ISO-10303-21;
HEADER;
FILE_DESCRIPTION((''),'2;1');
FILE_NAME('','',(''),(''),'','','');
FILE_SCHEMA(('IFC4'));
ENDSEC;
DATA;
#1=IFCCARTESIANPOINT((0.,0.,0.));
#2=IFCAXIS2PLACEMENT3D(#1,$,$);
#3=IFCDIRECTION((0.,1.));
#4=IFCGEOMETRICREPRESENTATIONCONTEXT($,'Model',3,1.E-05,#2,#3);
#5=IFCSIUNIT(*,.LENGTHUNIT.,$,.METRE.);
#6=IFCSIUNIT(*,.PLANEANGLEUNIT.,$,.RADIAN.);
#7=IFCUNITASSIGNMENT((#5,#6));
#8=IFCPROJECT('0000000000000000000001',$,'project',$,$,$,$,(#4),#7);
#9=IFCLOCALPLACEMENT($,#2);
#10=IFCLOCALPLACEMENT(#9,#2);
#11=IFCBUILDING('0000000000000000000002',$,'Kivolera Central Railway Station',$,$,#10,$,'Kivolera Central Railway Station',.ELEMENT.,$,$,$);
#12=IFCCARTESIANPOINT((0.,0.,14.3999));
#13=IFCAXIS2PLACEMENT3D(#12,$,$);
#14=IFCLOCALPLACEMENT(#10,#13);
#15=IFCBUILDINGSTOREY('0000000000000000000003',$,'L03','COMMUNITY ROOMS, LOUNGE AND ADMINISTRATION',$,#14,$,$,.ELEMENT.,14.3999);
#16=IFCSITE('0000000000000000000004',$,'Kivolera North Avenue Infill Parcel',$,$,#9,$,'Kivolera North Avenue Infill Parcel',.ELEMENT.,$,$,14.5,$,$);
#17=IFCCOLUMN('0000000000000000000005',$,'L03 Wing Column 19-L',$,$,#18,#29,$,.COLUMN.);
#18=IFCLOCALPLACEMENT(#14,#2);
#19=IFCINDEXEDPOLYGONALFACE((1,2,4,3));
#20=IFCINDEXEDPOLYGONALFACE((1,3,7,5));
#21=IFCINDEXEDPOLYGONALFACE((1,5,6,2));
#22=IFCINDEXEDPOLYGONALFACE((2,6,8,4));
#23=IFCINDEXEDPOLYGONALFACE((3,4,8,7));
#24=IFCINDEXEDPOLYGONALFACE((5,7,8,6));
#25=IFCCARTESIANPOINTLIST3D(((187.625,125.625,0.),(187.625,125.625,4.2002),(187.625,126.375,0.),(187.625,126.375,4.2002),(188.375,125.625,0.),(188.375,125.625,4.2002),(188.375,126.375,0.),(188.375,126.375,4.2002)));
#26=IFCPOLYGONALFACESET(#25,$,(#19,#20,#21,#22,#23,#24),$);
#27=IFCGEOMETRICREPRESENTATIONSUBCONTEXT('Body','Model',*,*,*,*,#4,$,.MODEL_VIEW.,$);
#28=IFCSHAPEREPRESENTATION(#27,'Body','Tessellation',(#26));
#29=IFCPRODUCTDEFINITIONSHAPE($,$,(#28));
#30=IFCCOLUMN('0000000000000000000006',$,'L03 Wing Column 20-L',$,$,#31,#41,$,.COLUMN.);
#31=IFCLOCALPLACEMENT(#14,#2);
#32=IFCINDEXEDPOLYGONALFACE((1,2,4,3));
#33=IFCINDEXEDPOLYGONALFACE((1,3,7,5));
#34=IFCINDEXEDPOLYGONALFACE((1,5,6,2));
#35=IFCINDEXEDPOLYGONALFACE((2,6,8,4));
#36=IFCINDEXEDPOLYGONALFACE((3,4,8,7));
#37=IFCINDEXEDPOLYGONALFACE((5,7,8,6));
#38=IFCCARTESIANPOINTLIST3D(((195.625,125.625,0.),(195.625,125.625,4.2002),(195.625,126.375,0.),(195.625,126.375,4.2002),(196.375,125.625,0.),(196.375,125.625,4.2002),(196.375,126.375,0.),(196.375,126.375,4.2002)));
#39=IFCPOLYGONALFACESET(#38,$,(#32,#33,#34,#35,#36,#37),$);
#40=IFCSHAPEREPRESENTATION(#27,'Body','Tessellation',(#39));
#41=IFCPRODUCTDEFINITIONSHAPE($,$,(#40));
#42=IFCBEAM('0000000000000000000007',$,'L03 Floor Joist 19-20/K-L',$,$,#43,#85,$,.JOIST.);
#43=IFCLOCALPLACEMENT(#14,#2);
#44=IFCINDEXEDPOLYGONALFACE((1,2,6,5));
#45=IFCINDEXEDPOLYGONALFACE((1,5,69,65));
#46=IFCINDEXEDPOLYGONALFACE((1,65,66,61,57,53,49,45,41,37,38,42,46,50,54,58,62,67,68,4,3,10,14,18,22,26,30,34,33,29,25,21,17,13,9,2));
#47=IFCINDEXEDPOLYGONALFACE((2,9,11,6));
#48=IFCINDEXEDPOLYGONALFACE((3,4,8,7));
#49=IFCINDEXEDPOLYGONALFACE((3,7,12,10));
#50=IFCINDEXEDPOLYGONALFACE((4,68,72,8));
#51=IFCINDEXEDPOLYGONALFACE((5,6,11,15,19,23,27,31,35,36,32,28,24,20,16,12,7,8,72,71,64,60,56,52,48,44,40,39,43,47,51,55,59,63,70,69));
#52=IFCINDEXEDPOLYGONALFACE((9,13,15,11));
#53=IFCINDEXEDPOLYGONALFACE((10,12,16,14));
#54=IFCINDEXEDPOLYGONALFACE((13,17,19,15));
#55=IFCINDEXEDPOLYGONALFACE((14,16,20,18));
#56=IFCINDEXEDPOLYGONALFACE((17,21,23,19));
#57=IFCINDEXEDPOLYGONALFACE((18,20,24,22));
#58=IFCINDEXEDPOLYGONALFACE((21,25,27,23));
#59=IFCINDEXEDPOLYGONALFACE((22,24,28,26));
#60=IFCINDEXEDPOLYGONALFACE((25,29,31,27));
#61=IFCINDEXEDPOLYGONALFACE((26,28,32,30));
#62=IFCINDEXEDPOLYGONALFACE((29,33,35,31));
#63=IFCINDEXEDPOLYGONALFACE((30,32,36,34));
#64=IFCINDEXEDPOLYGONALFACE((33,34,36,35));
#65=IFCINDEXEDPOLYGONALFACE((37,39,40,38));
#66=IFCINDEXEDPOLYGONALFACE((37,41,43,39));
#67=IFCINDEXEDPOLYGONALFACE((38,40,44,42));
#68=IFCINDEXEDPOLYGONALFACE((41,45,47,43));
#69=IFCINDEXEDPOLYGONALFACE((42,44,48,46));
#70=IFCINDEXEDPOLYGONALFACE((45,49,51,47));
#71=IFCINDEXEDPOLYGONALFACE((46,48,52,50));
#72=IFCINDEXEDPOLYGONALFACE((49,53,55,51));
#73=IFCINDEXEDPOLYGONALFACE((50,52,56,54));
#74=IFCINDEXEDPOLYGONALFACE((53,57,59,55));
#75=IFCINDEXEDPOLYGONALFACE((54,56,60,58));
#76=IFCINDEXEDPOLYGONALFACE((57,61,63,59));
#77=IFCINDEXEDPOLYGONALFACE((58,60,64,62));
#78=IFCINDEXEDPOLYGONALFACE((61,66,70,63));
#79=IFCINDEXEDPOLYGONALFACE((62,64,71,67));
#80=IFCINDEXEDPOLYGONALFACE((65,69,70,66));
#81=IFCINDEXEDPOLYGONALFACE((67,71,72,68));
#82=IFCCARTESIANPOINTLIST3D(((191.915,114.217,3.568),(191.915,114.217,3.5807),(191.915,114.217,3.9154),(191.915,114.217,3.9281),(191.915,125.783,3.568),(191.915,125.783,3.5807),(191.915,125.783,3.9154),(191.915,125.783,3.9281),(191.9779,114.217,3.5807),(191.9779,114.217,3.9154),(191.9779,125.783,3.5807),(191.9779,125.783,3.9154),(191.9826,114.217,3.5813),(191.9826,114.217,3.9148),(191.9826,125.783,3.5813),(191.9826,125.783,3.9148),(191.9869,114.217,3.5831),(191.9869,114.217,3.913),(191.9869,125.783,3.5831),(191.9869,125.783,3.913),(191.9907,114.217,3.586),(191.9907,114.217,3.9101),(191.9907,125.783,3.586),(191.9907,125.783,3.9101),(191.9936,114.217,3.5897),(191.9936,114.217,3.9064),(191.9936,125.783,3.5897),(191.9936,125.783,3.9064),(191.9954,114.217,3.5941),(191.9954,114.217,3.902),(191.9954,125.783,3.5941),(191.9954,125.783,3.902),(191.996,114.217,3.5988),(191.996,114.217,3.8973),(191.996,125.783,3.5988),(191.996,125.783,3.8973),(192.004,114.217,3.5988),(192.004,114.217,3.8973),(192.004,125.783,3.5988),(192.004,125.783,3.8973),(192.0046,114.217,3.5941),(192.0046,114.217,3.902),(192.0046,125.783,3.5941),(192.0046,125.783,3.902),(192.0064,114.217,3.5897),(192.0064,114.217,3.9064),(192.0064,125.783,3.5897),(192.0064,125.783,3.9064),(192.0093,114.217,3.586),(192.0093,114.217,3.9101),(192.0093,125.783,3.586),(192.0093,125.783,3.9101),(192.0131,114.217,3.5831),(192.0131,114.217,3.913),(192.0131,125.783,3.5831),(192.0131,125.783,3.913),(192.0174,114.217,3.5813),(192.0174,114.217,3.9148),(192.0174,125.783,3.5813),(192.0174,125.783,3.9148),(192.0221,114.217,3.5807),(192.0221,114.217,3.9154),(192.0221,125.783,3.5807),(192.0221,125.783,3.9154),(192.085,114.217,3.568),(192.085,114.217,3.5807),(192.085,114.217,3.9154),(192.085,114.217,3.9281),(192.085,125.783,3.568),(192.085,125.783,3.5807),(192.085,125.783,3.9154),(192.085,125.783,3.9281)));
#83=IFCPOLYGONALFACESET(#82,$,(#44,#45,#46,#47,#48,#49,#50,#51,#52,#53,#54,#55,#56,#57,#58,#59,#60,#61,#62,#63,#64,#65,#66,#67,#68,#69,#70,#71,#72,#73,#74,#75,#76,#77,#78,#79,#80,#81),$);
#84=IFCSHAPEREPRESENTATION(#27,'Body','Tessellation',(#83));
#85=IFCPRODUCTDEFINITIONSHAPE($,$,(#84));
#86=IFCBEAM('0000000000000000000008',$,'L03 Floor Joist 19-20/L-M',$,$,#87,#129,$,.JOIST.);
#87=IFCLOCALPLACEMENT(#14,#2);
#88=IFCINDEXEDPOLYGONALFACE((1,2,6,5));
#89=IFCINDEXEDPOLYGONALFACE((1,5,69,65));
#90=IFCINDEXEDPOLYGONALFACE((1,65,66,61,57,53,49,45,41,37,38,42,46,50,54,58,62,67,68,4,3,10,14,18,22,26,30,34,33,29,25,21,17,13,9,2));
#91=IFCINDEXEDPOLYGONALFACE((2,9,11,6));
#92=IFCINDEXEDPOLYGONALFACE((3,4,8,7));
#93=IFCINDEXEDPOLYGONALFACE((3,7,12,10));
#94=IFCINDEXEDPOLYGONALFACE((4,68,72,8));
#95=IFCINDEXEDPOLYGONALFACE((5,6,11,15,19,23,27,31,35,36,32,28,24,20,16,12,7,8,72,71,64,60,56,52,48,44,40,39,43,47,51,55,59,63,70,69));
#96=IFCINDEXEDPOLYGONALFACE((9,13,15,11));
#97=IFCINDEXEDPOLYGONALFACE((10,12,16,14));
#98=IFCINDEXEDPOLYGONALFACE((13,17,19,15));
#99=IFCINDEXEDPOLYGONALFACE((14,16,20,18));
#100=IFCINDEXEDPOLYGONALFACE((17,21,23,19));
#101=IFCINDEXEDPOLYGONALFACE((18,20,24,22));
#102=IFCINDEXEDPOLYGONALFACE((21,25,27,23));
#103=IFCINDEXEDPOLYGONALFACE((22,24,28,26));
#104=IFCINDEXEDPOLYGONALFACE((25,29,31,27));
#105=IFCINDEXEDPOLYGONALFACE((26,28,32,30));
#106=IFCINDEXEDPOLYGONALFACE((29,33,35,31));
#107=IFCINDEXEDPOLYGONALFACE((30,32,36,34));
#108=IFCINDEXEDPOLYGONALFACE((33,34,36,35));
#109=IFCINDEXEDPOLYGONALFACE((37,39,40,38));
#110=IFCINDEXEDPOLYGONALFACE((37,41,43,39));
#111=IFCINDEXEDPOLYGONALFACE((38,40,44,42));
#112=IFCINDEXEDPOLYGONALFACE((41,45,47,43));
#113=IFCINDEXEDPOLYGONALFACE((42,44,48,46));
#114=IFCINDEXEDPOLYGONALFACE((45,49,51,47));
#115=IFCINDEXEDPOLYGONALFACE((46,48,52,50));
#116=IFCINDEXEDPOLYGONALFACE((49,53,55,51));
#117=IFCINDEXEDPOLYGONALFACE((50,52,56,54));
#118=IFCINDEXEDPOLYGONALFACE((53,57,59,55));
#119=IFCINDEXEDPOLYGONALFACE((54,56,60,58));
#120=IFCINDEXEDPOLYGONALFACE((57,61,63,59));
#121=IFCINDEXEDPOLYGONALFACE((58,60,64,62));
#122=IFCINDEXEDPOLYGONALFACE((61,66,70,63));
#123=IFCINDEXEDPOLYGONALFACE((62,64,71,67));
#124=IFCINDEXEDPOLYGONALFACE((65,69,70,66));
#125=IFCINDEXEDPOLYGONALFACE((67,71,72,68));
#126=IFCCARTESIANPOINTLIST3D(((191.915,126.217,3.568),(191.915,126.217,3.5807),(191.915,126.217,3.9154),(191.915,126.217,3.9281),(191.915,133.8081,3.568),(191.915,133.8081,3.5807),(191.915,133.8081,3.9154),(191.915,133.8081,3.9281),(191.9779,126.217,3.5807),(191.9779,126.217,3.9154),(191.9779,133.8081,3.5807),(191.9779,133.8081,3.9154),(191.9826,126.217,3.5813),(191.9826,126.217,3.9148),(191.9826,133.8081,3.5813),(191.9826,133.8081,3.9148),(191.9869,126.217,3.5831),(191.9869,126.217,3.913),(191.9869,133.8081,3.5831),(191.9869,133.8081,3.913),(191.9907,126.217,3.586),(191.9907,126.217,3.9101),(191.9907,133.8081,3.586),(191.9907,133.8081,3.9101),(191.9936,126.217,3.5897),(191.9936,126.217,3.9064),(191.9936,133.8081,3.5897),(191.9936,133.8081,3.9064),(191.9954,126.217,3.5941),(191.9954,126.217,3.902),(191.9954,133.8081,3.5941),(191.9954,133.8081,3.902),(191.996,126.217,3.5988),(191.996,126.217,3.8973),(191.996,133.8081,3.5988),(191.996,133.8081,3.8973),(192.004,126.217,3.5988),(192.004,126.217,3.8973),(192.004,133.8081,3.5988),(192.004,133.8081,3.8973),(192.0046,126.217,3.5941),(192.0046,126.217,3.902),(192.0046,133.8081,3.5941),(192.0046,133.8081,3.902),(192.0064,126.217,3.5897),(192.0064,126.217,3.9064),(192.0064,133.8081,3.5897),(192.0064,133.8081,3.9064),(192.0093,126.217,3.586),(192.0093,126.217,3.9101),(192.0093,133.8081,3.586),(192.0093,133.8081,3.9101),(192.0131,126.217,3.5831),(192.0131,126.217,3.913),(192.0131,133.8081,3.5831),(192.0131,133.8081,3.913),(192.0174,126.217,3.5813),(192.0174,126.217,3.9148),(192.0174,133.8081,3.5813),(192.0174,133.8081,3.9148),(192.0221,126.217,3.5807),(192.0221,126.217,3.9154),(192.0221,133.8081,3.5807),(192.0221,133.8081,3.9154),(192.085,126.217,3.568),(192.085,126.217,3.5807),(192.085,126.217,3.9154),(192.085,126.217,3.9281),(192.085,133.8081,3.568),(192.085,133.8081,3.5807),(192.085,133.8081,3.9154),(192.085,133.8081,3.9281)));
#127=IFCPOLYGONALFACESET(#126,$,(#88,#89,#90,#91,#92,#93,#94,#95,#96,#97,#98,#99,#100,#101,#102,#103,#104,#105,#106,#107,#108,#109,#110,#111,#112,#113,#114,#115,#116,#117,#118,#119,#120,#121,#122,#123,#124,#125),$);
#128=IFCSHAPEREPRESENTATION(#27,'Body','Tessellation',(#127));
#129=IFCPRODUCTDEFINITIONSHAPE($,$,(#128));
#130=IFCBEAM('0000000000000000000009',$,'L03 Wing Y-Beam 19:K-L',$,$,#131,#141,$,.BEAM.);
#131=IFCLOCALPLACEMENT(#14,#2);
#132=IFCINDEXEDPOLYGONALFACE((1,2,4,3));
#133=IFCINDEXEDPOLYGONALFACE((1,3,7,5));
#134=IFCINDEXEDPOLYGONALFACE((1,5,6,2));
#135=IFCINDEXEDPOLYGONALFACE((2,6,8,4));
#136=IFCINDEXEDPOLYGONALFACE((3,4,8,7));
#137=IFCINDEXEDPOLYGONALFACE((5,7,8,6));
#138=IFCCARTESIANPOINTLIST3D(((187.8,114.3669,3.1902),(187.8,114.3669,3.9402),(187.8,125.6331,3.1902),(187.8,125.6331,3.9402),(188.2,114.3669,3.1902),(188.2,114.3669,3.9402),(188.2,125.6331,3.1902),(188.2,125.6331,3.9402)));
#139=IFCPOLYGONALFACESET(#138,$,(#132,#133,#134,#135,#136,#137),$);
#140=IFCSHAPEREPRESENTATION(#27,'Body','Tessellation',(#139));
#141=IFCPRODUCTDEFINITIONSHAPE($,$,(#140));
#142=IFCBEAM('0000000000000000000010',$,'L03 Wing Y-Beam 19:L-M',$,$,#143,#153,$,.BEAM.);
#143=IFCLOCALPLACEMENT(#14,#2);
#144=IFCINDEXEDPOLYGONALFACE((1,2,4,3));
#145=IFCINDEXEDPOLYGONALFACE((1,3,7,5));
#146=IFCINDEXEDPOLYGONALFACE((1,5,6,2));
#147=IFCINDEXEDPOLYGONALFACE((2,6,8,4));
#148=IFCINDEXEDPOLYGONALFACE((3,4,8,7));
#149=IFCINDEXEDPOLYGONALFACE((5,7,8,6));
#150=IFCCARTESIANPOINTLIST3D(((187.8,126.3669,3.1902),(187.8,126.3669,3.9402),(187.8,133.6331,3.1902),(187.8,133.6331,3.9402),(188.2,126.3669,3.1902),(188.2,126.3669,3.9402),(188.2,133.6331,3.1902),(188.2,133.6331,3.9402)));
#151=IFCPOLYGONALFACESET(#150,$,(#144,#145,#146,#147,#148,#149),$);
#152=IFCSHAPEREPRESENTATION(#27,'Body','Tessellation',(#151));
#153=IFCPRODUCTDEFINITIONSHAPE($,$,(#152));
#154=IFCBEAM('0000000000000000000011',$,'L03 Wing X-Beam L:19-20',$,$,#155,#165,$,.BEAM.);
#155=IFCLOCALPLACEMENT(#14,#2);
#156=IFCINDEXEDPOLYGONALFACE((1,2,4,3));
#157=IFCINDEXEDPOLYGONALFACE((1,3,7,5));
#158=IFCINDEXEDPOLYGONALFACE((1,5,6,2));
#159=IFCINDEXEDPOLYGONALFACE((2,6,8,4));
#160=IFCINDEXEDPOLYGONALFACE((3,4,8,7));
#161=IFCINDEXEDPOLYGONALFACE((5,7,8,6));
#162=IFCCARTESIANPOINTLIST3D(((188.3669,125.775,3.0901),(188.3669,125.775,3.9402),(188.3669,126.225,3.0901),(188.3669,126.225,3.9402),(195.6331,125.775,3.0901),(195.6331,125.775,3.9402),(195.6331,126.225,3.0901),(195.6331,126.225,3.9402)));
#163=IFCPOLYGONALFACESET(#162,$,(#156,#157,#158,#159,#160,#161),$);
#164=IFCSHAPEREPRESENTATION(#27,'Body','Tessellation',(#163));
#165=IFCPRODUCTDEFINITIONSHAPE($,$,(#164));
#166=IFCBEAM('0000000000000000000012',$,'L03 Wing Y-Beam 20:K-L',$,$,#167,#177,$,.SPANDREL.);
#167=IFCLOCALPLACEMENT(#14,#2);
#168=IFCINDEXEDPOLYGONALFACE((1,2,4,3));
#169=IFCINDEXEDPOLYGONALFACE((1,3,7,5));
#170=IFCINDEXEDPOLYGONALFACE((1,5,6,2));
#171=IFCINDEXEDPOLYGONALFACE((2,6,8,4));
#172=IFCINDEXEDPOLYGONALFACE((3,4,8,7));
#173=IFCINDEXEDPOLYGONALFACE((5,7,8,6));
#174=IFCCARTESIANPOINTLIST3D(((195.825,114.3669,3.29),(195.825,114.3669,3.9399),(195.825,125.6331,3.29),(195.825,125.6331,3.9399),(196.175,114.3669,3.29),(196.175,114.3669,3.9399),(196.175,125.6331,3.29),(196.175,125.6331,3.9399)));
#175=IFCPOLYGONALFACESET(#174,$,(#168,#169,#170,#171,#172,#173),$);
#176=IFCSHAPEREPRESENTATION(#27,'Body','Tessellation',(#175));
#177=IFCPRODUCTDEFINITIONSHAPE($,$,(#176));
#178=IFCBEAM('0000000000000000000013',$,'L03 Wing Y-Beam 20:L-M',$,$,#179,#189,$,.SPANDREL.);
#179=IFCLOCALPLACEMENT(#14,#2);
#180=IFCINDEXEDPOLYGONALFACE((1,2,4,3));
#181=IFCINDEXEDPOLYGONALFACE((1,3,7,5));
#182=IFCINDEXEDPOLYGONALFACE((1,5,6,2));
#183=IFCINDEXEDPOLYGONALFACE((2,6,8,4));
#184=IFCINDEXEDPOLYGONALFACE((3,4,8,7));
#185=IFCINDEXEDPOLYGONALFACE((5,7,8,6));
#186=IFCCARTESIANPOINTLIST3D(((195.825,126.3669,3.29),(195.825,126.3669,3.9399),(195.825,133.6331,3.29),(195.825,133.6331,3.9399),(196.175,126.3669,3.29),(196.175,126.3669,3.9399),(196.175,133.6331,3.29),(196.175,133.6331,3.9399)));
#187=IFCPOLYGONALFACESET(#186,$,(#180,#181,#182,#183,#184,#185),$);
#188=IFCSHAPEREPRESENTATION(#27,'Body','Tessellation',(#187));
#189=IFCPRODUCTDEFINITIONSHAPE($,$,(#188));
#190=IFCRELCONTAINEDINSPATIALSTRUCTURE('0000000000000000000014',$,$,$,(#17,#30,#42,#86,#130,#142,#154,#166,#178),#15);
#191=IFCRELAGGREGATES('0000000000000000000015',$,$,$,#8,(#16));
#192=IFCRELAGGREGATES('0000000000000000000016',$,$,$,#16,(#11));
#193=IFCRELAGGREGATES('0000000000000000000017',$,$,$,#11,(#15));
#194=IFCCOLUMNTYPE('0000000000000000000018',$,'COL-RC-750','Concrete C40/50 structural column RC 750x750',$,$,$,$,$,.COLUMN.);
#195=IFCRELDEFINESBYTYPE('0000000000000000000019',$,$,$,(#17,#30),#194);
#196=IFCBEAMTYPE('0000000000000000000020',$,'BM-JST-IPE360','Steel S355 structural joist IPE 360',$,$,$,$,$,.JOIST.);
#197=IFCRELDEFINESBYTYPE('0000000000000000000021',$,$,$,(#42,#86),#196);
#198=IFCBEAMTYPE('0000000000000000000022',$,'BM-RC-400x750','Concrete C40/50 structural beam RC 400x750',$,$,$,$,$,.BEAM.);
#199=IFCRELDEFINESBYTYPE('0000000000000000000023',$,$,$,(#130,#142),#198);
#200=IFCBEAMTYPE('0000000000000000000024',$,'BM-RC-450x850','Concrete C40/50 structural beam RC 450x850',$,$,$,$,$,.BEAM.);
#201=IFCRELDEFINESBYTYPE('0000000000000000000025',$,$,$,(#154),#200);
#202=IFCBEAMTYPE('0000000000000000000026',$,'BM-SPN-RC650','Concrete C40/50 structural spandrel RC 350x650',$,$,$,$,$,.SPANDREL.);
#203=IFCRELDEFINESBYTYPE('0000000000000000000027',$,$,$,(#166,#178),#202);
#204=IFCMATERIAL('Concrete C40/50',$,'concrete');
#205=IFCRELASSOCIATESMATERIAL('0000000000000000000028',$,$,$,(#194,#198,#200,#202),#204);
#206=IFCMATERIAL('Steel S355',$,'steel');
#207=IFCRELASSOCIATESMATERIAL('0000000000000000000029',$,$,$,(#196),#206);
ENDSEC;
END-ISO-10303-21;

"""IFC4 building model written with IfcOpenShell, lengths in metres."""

from ifc_helpers import new_model, si_unit, direction, frame, origin, origin_2d, place, context, subcontext, project, spatial, rectangle, i_section, extrude, material, material_profile, profile_set, type_object, element, save


model = new_model("IFC4")

# Units and contexts
model_context = context("Model", 3, precision=1e-05, world=origin(), true_north=direction((0.0, 1.0)))
body_context = subcontext(model_context, "Body", "Model", "MODEL_VIEW")
ifc_project = project(units=[si_unit("LENGTHUNIT", "METRE"), si_unit("PLANEANGLEUNIT", "RADIAN")], contexts=[model_context])

# Site, building, storey
site_placement = place(None, origin())
site = spatial("IfcSite", under=ifc_project, at=site_placement, Name="Kivolera North Avenue Infill Parcel", LongName="Kivolera North Avenue Infill Parcel", CompositionType="ELEMENT", RefElevation=14.5)
building_placement = place(site_placement, origin())
building = spatial("IfcBuilding", under=site, at=building_placement, Name="Kivolera Central Railway Station", LongName="Kivolera Central Railway Station", CompositionType="ELEMENT")
storey_placement = place(building_placement, frame((0.0, 0.0, 14.3999)))
storey = spatial("IfcBuildingStorey", under=building, at=storey_placement, Name="L03", Description="COMMUNITY ROOMS, LOUNGE AND ADMINISTRATION", CompositionType="ELEMENT", Elevation=14.3999)

# Columns
ifc_material_1 = material(Name="Concrete C40/50", Category="concrete")
ifc_material_profile_1 = material_profile(ifc_material_1, rectangle(XDim=0.75, YDim=0.75, at=origin_2d()), Name="RC 750x750")
ifc_profile_set_1 = profile_set([ifc_material_profile_1], Name="Concrete C40/50")
column_type = type_object("IfcColumnType", Name="COL-RC-750", Description="Concrete C40/50 structural column RC 750x750", PredefinedType="COLUMN", material=ifc_profile_set_1)
for number, where, z_axis, x_axis, name in (
    (1, (188.0, 126.0, 0.0), (0.0, 0.0, 1.0), (1.0, 0.0, 0.0), "L03 Wing Column 19-L"),
    (2, (196.0, 126.0, 0.0), (0.0, 0.0, 1.0), (1.0, 0.0, 0.0), "L03 Wing Column 20-L"),
):
    element("IfcColumn", number, at=place(storey_placement, frame(where, z_axis=z_axis, x_axis=x_axis)), inside=storey, type_object=column_type, Name=name, PredefinedType="COLUMN", context=body_context, shape_type="SweptSolid", body=[
        extrude(rectangle(XDim=0.75, YDim=0.75, at=origin_2d()), origin(), (0.0, 0.0, 1.0), 4.2002),
    ])

# Beams
ifc_material_2 = material(Name="Steel S355", Category="steel")
ifc_material_profile_2 = material_profile(ifc_material_2, i_section(OverallWidth=0.1699, OverallDepth=0.3601, WebThickness=0.0081, FlangeThickness=0.0127, FilletRadius=0.0181, at=origin_2d()), Name="IPE 360")
ifc_profile_set_2 = profile_set([ifc_material_profile_2], Name="Steel S355")
beam_type_1 = type_object("IfcBeamType", Name="BM-JST-IPE360", Description="Steel S355 structural joist IPE 360", PredefinedType="JOIST", material=ifc_profile_set_2)
beam_1_placement = place(storey_placement, frame((192.0, 114.217, 3.748), z_axis=(0.0, 1.0, 0.0), x_axis=(-1.0, 0.0, 0.0)))
element("IfcBeam", 3, at=beam_1_placement, inside=storey, type_object=beam_type_1, Name="L03 Floor Joist 19-20/K-L", PredefinedType="JOIST", context=body_context, shape_type="SweptSolid", body=[
    extrude(i_section(OverallWidth=0.1699, OverallDepth=0.3601, WebThickness=0.0081, FlangeThickness=0.0127, FilletRadius=0.0181, at=origin_2d()), origin(), (0.0, 0.0, 1.0), 11.5659),
])
beam_2_placement = place(storey_placement, frame((192.0, 126.217, 3.748), z_axis=(0.0, 1.0, 0.0), x_axis=(-1.0, 0.0, 0.0)))
element("IfcBeam", 4, at=beam_2_placement, inside=storey, type_object=beam_type_1, Name="L03 Floor Joist 19-20/L-M", PredefinedType="JOIST", context=body_context, shape_type="SweptSolid", body=[
    extrude(i_section(OverallWidth=0.1699, OverallDepth=0.3601, WebThickness=0.0081, FlangeThickness=0.0127, FilletRadius=0.0181, at=origin_2d()), origin(), (0.0, 0.0, 1.0), 7.5911),
])
ifc_material_profile_3 = material_profile(ifc_material_1, rectangle(XDim=0.3999, YDim=0.75, at=origin_2d()), Name="RC 400x750")
ifc_profile_set_3 = profile_set([ifc_material_profile_3], Name="Concrete C40/50")
beam_type_2 = type_object("IfcBeamType", Name="BM-RC-400x750", Description="Concrete C40/50 structural beam RC 400x750", PredefinedType="BEAM", material=ifc_profile_set_3)
beam_3_placement = place(storey_placement, frame((188.0, 114.3669, 3.5652), z_axis=(0.0, 1.0, 0.0), x_axis=(-1.0, 0.0, 0.0)))
element("IfcBeam", 5, at=beam_3_placement, inside=storey, type_object=beam_type_2, Name="L03 Wing Y-Beam 19:K-L", PredefinedType="BEAM", context=body_context, shape_type="SweptSolid", body=[
    extrude(rectangle(XDim=0.3999, YDim=0.75, at=origin_2d()), origin(), (0.0, 0.0, 1.0), 11.2661),
])
beam_4_placement = place(storey_placement, frame((188.0, 126.3669, 3.5652), z_axis=(0.0, 1.0, 0.0), x_axis=(-1.0, 0.0, 0.0)))
element("IfcBeam", 6, at=beam_4_placement, inside=storey, type_object=beam_type_2, Name="L03 Wing Y-Beam 19:L-M", PredefinedType="BEAM", context=body_context, shape_type="SweptSolid", body=[
    extrude(rectangle(XDim=0.3999, YDim=0.75, at=origin_2d()), origin(), (0.0, 0.0, 1.0), 7.2661),
])
ifc_material_profile_4 = material_profile(ifc_material_1, rectangle(XDim=0.45, YDim=0.8501, at=origin_2d()), Name="RC 450x850")
ifc_profile_set_4 = profile_set([ifc_material_profile_4], Name="Concrete C40/50")
beam_type_3 = type_object("IfcBeamType", Name="BM-RC-450x850", Description="Concrete C40/50 structural beam RC 450x850", PredefinedType="BEAM", material=ifc_profile_set_4)
beam_5_placement = place(storey_placement, frame((188.3669, 126.0, 3.5151), z_axis=(1.0, 0.0, 0.0), x_axis=(0.0, 1.0, 0.0)))
element("IfcBeam", 7, at=beam_5_placement, inside=storey, type_object=beam_type_3, Name="L03 Wing X-Beam L:19-20", PredefinedType="BEAM", context=body_context, shape_type="SweptSolid", body=[
    extrude(rectangle(XDim=0.45, YDim=0.8501, at=origin_2d()), origin(), (0.0, 0.0, 1.0), 7.2661),
])
ifc_material_profile_5 = material_profile(ifc_material_1, rectangle(XDim=0.3501, YDim=0.6499, at=origin_2d()), Name="RC 350x650")
ifc_profile_set_5 = profile_set([ifc_material_profile_5], Name="Concrete C40/50")
beam_type_4 = type_object("IfcBeamType", Name="BM-SPN-RC650", Description="Concrete C40/50 structural spandrel RC 350x650", PredefinedType="SPANDREL", material=ifc_profile_set_5)
beam_6_placement = place(storey_placement, frame((196.0, 114.3669, 3.615), z_axis=(0.0, 1.0, 0.0), x_axis=(-1.0, 0.0, 0.0)))
element("IfcBeam", 8, at=beam_6_placement, inside=storey, type_object=beam_type_4, Name="L03 Wing Y-Beam 20:K-L", PredefinedType="SPANDREL", context=body_context, shape_type="SweptSolid", body=[
    extrude(rectangle(XDim=0.3501, YDim=0.6499, at=origin_2d()), origin(), (0.0, 0.0, 1.0), 11.2661),
])
beam_7_placement = place(storey_placement, frame((196.0, 126.3669, 3.615), z_axis=(0.0, 1.0, 0.0), x_axis=(-1.0, 0.0, 0.0)))
element("IfcBeam", 9, at=beam_7_placement, inside=storey, type_object=beam_type_4, Name="L03 Wing Y-Beam 20:L-M", PredefinedType="SPANDREL", context=body_context, shape_type="SweptSolid", body=[
    extrude(rectangle(XDim=0.3501, YDim=0.6499, at=origin_2d()), origin(), (0.0, 0.0, 1.0), 7.2661),
])

save(model, "model.ifc")
